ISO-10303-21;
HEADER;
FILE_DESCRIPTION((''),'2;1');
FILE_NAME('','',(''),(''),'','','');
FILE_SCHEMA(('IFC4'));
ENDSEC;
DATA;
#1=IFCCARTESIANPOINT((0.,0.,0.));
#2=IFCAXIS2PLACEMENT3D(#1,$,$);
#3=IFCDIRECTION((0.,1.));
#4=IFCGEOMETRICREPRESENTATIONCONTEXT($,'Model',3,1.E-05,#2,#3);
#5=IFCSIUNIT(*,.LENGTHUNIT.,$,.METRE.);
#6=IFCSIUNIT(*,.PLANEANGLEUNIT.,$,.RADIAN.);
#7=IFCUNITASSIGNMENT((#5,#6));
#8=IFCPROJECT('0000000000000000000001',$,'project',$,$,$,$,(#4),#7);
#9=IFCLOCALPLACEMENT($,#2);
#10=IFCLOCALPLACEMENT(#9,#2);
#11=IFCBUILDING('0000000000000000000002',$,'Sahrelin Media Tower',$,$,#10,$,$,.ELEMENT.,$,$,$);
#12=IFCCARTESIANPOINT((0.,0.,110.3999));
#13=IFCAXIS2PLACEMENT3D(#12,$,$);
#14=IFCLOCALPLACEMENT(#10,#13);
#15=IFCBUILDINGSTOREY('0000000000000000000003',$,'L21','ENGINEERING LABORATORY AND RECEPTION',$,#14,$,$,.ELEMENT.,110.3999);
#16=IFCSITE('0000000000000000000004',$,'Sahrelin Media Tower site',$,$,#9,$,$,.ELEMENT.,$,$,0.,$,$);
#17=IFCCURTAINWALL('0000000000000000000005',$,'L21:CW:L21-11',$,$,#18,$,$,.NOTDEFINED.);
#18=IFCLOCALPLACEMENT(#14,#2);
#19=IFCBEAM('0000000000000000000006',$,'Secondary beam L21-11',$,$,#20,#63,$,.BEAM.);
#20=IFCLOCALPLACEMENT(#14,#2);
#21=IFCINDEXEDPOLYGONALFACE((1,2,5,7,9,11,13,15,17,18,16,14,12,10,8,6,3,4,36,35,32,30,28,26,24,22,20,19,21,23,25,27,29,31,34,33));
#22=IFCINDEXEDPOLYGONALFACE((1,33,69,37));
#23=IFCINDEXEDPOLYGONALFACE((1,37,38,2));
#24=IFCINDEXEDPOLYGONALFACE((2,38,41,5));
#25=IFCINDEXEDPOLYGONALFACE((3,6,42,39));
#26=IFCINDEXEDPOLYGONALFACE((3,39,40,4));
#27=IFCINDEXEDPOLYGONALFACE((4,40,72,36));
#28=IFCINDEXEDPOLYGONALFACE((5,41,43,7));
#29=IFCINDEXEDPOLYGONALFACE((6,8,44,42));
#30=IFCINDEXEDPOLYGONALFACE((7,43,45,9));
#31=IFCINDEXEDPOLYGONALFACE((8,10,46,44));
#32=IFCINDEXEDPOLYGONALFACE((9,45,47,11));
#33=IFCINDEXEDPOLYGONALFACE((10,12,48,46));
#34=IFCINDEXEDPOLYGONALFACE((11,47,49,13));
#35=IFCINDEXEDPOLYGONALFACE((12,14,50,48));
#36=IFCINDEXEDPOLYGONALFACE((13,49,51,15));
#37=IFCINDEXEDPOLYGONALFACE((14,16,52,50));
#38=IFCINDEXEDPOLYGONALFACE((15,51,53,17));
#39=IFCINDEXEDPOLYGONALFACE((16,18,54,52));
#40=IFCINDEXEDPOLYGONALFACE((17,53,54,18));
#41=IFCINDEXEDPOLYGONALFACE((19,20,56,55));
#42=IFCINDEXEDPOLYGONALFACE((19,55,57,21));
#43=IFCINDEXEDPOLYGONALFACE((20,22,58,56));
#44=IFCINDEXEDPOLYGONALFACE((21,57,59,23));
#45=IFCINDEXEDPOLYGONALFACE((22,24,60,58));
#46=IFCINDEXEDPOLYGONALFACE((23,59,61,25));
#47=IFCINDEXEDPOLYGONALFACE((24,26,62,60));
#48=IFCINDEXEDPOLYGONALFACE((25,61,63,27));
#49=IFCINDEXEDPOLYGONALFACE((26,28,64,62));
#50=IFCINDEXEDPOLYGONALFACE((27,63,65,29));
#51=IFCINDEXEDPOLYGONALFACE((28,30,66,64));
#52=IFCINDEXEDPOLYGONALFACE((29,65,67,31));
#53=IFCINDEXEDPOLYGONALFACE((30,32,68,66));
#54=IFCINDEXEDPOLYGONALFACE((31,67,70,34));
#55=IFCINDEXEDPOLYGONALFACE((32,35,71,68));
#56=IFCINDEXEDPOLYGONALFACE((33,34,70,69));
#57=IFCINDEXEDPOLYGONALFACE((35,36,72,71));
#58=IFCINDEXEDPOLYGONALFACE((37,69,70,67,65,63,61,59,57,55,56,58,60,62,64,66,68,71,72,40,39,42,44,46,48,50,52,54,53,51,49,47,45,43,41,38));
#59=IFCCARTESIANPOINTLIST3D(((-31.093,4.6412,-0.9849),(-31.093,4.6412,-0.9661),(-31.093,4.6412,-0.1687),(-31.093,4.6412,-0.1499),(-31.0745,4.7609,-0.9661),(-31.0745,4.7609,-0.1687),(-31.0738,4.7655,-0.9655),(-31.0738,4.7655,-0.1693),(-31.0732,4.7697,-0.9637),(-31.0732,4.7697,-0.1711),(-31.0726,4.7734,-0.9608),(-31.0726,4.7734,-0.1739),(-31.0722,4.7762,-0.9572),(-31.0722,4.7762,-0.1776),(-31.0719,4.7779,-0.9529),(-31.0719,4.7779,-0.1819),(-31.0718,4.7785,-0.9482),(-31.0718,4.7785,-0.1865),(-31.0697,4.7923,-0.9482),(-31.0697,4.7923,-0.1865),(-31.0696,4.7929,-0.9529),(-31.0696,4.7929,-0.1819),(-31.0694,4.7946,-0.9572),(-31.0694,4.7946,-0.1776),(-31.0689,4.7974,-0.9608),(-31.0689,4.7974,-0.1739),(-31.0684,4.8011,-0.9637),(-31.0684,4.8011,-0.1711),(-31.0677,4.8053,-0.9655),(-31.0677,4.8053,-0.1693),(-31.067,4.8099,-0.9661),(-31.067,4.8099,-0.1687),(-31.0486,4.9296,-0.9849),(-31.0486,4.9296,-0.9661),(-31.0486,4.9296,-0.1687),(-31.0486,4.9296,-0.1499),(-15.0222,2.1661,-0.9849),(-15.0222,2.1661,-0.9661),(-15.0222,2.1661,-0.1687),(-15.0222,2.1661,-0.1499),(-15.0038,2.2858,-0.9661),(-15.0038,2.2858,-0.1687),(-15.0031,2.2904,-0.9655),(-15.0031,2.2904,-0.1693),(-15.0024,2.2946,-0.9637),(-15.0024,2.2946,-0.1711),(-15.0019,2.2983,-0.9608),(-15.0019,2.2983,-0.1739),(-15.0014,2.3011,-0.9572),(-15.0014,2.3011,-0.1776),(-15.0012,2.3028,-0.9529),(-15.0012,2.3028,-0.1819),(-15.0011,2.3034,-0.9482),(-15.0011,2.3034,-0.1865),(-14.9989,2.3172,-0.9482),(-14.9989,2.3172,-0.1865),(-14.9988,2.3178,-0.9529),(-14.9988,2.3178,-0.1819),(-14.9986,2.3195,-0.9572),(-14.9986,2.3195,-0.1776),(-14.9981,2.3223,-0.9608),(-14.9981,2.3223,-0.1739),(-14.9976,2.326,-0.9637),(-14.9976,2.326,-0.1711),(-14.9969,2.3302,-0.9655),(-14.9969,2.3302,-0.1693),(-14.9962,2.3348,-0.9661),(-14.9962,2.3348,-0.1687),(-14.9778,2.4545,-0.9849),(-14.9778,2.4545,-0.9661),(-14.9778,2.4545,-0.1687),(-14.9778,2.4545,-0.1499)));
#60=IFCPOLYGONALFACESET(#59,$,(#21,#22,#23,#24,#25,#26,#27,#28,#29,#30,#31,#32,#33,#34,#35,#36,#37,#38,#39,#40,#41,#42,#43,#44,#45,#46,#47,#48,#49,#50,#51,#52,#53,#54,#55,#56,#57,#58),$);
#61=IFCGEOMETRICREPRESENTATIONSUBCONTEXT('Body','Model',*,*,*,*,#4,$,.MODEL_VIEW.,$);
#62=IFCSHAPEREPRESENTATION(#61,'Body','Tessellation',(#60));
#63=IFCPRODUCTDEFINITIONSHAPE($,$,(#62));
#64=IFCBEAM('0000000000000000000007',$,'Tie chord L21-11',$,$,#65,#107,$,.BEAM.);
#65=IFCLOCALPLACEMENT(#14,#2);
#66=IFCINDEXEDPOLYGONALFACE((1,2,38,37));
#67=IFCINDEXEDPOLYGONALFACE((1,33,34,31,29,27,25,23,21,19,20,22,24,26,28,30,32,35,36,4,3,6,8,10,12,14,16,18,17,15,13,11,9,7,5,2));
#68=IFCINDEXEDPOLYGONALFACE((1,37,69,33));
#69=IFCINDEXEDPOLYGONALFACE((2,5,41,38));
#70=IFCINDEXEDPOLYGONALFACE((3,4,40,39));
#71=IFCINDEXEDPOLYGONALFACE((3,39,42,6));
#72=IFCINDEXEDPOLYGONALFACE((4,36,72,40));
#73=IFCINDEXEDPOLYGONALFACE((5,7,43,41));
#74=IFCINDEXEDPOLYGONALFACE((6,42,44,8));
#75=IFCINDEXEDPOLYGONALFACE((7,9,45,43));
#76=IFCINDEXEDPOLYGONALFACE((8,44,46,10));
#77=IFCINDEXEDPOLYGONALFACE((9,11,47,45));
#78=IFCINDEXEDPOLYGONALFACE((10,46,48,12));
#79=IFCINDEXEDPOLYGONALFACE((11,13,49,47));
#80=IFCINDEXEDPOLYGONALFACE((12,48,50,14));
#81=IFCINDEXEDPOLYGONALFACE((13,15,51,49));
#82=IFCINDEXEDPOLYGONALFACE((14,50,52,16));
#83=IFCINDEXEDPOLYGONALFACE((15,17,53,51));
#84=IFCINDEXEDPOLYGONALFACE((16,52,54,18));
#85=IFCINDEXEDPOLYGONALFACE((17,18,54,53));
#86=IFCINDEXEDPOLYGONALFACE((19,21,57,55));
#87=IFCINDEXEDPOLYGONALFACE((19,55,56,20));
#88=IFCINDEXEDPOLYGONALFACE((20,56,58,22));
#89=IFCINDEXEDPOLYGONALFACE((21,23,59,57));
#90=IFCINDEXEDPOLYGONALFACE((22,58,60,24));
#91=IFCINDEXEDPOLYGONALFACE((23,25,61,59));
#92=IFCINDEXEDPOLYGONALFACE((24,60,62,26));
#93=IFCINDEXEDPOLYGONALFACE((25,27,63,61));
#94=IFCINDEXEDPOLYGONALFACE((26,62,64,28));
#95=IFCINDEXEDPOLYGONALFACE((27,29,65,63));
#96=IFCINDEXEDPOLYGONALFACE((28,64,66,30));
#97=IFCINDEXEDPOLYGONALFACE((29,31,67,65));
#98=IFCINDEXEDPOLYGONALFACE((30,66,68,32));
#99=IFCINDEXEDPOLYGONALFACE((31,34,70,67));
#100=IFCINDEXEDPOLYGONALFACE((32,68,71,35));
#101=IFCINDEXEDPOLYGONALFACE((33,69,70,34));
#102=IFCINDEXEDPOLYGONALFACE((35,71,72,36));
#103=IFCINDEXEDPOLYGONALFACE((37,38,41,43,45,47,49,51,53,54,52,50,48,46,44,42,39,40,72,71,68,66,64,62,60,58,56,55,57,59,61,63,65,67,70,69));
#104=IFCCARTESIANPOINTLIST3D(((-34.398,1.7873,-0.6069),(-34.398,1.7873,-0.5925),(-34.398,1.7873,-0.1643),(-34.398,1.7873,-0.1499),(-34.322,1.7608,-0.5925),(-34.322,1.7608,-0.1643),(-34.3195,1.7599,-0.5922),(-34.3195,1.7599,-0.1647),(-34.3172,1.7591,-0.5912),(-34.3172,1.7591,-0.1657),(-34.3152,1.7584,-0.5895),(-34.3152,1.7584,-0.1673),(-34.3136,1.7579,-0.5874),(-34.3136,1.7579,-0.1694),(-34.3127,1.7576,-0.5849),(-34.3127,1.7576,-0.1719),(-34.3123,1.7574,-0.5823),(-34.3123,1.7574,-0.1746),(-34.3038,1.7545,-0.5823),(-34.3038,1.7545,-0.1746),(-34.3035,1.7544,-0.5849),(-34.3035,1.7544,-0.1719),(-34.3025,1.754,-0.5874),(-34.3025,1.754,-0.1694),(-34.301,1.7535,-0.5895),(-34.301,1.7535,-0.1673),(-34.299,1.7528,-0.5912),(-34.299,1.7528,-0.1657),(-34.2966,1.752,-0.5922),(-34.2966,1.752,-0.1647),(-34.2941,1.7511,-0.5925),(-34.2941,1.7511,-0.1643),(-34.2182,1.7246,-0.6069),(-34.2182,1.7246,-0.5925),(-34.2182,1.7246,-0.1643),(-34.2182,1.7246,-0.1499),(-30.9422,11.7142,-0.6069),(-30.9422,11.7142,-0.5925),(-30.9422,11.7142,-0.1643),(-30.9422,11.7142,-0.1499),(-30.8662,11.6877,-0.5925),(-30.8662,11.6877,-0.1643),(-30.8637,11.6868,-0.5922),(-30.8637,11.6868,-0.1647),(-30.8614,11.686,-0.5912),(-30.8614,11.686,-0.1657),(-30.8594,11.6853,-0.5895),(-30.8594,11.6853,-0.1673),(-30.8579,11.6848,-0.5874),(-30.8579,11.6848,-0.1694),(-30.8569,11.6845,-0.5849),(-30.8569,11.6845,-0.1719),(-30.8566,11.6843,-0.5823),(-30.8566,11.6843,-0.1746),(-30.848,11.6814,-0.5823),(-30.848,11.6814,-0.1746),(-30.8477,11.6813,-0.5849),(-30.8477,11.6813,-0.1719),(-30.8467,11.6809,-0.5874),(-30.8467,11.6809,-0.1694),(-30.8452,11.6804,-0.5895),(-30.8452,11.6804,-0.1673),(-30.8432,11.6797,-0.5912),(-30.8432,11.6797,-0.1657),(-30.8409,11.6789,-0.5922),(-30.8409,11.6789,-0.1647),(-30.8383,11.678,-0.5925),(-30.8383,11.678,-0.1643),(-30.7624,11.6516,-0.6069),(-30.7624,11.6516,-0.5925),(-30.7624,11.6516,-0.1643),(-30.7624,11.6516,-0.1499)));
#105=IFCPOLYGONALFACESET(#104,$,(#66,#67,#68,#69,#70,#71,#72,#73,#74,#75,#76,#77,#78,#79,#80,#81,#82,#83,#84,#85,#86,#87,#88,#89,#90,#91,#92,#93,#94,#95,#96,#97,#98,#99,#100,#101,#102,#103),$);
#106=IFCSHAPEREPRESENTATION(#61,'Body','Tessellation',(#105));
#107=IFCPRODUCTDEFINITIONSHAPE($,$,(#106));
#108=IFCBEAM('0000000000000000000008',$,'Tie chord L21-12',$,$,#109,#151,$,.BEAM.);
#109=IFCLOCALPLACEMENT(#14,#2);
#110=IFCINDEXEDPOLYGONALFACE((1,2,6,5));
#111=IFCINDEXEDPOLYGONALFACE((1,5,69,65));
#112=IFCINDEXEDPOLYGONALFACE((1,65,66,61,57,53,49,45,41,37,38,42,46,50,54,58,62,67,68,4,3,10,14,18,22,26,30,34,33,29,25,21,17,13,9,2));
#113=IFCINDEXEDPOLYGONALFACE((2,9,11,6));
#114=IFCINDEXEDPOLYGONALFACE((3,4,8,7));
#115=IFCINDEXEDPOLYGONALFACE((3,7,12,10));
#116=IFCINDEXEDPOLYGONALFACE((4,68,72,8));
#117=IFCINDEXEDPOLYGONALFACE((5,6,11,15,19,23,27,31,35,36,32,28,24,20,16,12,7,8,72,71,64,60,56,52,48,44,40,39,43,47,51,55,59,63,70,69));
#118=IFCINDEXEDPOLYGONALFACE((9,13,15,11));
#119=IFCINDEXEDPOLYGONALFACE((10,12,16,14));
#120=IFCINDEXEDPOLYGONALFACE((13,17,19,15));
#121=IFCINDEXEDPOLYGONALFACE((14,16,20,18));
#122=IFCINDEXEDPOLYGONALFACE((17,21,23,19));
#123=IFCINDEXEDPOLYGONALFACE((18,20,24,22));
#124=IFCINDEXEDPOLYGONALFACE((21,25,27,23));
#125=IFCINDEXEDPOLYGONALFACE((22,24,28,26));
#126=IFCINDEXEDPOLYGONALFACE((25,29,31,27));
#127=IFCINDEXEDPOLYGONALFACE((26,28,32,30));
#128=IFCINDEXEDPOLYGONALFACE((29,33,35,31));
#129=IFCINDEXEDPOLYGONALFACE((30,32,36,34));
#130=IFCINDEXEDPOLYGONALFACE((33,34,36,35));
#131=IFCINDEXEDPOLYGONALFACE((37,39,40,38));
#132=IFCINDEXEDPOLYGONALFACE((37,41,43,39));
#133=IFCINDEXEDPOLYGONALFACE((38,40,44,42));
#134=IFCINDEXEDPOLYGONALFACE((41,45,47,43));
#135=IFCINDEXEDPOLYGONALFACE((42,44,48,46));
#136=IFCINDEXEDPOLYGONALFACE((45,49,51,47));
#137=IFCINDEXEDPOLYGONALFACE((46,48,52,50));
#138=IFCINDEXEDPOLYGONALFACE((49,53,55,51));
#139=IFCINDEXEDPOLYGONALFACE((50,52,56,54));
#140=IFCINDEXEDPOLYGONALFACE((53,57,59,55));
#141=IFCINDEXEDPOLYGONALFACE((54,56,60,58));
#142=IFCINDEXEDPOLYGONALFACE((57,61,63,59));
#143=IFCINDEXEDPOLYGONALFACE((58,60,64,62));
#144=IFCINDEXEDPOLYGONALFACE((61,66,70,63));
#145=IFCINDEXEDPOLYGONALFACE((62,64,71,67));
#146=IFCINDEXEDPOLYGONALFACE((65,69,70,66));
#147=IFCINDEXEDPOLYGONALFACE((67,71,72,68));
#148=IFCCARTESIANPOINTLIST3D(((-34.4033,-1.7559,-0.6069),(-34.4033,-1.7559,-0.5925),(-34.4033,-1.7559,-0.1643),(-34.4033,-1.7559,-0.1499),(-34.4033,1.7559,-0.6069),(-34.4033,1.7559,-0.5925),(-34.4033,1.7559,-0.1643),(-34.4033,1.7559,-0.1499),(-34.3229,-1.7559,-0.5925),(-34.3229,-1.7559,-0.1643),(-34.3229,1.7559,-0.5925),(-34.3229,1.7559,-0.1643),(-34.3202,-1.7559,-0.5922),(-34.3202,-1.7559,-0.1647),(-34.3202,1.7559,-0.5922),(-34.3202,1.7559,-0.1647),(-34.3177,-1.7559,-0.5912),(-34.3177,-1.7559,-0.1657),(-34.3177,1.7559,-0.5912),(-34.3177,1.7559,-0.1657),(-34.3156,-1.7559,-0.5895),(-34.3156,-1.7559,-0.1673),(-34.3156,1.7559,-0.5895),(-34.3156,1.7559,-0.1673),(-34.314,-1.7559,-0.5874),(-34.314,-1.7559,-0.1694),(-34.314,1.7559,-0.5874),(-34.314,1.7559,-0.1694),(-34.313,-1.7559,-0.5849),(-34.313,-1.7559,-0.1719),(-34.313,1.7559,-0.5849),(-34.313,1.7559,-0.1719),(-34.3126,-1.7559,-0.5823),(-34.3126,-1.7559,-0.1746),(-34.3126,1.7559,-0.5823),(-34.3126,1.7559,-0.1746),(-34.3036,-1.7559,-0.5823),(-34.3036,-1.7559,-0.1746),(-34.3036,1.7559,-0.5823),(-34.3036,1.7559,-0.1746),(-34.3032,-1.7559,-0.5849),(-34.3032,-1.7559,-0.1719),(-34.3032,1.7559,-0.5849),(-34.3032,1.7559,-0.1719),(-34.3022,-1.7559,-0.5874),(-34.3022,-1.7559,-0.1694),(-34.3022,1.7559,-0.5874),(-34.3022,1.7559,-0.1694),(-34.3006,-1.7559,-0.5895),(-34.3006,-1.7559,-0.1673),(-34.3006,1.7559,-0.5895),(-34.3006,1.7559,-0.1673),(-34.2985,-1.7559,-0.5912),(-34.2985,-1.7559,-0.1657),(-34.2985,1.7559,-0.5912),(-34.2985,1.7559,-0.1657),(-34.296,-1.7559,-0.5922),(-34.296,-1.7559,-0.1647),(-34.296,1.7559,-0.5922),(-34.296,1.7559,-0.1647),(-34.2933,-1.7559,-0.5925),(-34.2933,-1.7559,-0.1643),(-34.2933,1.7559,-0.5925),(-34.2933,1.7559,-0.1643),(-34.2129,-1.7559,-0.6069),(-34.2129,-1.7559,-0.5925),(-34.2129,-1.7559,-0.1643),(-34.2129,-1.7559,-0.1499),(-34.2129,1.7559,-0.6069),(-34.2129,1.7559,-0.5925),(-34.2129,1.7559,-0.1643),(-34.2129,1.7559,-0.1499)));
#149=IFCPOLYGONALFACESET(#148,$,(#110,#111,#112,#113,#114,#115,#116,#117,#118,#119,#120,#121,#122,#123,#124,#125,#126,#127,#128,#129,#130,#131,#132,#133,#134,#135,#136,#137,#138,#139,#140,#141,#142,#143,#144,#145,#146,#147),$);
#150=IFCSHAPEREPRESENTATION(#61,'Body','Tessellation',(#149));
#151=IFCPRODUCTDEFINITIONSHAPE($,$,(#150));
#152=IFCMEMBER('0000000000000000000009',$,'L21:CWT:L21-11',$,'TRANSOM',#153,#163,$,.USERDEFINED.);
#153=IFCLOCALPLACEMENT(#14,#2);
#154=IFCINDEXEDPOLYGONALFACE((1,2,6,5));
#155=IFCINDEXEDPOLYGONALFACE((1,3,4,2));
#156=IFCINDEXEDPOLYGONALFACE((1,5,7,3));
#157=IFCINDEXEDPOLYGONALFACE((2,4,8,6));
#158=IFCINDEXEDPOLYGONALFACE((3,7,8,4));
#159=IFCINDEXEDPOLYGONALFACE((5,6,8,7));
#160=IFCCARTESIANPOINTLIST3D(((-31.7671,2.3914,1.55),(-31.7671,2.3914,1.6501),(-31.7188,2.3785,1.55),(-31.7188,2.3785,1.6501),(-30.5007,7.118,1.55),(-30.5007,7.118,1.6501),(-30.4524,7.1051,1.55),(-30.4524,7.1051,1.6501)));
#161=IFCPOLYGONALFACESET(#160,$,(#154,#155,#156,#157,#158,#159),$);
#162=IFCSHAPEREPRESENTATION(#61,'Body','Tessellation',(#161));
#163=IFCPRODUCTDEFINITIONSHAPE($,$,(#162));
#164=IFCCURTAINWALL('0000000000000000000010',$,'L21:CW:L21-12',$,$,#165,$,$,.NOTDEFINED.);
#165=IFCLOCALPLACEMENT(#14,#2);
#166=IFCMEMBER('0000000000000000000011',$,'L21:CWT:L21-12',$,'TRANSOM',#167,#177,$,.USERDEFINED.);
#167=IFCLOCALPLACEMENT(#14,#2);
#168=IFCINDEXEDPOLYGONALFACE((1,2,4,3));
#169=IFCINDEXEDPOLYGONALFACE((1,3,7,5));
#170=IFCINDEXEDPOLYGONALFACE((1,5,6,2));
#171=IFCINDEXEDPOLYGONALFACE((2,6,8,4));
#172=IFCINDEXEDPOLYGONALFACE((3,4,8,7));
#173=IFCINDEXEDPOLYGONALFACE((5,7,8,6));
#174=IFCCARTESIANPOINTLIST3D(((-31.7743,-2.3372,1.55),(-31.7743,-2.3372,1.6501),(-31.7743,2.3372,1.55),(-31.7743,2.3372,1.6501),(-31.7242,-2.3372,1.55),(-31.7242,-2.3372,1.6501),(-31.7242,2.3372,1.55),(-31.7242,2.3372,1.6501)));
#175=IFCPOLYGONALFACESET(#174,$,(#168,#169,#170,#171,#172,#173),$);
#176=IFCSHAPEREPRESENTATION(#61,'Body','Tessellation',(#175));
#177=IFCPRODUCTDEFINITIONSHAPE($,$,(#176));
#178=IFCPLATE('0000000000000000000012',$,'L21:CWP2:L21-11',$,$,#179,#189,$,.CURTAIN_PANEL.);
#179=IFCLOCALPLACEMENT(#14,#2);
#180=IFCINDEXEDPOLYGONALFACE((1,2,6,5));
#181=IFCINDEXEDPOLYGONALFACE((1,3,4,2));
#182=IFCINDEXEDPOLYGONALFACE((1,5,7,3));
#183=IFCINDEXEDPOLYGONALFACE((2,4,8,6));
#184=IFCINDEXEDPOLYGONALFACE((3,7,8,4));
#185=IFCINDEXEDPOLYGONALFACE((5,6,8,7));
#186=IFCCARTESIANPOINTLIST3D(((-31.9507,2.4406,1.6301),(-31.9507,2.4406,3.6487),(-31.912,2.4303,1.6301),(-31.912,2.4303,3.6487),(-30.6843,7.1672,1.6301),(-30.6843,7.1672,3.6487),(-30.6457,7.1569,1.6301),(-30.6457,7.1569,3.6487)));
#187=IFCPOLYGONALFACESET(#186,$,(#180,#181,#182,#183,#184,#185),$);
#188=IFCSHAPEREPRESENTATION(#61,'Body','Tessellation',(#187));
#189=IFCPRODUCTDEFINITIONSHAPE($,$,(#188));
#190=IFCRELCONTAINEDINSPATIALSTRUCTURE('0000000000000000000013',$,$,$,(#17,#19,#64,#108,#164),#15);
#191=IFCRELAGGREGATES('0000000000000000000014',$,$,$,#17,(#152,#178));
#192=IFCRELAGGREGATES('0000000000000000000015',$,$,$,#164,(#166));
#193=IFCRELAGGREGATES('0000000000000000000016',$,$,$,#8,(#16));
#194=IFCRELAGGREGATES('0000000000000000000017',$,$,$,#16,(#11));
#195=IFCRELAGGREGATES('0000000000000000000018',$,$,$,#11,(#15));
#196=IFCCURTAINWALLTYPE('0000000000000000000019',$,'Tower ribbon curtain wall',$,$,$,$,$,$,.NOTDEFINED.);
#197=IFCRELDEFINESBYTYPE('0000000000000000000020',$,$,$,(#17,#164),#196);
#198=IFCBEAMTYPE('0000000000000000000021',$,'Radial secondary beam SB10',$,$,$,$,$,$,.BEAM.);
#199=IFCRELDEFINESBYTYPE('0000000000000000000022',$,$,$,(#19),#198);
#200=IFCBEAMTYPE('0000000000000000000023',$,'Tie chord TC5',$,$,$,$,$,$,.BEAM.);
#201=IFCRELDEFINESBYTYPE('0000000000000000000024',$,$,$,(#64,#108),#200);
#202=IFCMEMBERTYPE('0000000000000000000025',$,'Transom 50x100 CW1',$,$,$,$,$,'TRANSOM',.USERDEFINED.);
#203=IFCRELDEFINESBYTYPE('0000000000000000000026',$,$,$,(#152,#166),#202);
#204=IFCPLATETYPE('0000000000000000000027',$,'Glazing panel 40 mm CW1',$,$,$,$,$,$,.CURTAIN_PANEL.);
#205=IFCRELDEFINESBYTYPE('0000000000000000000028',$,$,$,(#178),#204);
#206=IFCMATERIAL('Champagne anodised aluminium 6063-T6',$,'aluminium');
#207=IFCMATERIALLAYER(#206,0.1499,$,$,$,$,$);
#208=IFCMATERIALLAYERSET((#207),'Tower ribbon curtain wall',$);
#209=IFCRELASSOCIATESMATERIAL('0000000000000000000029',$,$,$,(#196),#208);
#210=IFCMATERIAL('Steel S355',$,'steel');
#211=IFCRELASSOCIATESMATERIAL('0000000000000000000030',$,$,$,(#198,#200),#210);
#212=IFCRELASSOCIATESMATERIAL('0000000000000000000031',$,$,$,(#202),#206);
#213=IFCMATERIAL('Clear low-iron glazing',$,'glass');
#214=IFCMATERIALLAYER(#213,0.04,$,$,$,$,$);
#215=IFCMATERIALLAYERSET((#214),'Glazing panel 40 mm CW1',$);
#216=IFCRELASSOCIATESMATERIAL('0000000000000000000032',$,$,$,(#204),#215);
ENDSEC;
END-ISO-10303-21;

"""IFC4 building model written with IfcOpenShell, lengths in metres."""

from ifc_helpers import new_model, si_unit, direction, frame, origin, origin_2d, place, context, subcontext, project, spatial, polyline, rectangle, i_section, outline, extrude, material, layer, layer_set, material_profile, profile_set, type_object, element, aggregate, save


model = new_model("IFC4")

# Units and contexts
model_context = context("Model", 3, precision=1e-05, world=origin(), true_north=direction((0.0, 1.0)))
body_context = subcontext(model_context, "Body", "Model", "MODEL_VIEW")
ifc_project = project(units=[si_unit("LENGTHUNIT", "METRE"), si_unit("PLANEANGLEUNIT", "RADIAN")], contexts=[model_context])

# Site, building, storey
site_placement = place(None, origin())
site = spatial("IfcSite", under=ifc_project, at=site_placement, Name="Sahrelin Media Tower site", CompositionType="ELEMENT", RefElevation=0.0)
building_placement = place(site_placement, origin())
building = spatial("IfcBuilding", under=site, at=building_placement, Name="Sahrelin Media Tower", CompositionType="ELEMENT")
storey_placement = place(building_placement, frame((0.0, 0.0, 110.3999)))
storey = spatial("IfcBuildingStorey", under=building, at=storey_placement, Name="L21", Description="ENGINEERING LABORATORY AND RECEPTION", CompositionType="ELEMENT", Elevation=110.3999)

# Shared definitions
ifc_material_1 = material(Name="Steel S355", Category="steel")

# Curtain wall
ifc_material_2 = material(Name="Champagne anodised aluminium 6063-T6", Category="aluminium")
ifc_layer_1 = layer(ifc_material_2, 0.1499)
ifc_layer_set_1 = layer_set([ifc_layer_1], Name="Tower ribbon curtain wall")
curtain_wall_type = type_object("IfcCurtainWallType", Name="Tower ribbon curtain wall", PredefinedType="NOTDEFINED", material=ifc_layer_set_1)
curtain_wall_1_placement = place(storey_placement, frame((-31.2981, 4.7986, 0.0), z_axis=(0.0, 0.0, 1.0), x_axis=(1.0, 0.0, 0.0)))
curtain_wall_1 = element("IfcCurtainWall", 1, at=curtain_wall_1_placement, inside=storey, type_object=curtain_wall_type, Name="L21:CW:L21-11", PredefinedType="NOTDEFINED")

# Beams
ifc_material_profile_1 = material_profile(ifc_material_1, i_section(OverallWidth=0.2917, OverallDepth=0.835, WebThickness=0.0139, FlangeThickness=0.0188, FilletRadius=0.0178, at=origin_2d()), Name="UB 838x292x176")
ifc_profile_set_1 = profile_set([ifc_material_profile_1], Name="Steel S355")
beam_type_1 = type_object("IfcBeamType", Name="Radial secondary beam SB10", PredefinedType="BEAM", material=ifc_profile_set_1)
beam_1_placement = place(storey_placement, frame((-15.0, 2.3103, -0.5674), z_axis=(-0.988347, 0.152217, 0.0), x_axis=(-0.152217, -0.988347, 0.0)))
element("IfcBeam", 2, at=beam_1_placement, inside=storey, type_object=beam_type_1, Name="Secondary beam L21-11", PredefinedType="BEAM", context=body_context, shape_type="SweptSolid", body=[
    extrude(i_section(OverallWidth=0.2917, OverallDepth=0.835, WebThickness=0.0139, FlangeThickness=0.0188, FilletRadius=0.0178, at=origin_2d()), origin(), (0.0, 0.0, 1.0), 16.2603),
])
ifc_material_profile_2 = material_profile(ifc_material_1, i_section(OverallWidth=0.1904, OverallDepth=0.457, WebThickness=0.009, FlangeThickness=0.0144, FilletRadius=0.0103, at=origin_2d()), Name="UB 457x191x74")
ifc_profile_set_2 = profile_set([ifc_material_profile_2], Name="Steel S355")
beam_type_2 = type_object("IfcBeamType", Name="Tie chord TC5", PredefinedType="BEAM", material=ifc_profile_set_2)
beam_2_placement = place(storey_placement, frame((-30.8523, 11.6829, -0.3784), z_axis=(-0.32877, -0.94441, 0.0), x_axis=(0.94441, -0.32877, 0.0)))
element("IfcBeam", 3, at=beam_2_placement, inside=storey, type_object=beam_type_2, Name="Tie chord L21-11", PredefinedType="BEAM", context=body_context, shape_type="SweptSolid", body=[
    extrude(i_section(OverallWidth=0.1904, OverallDepth=0.457, WebThickness=0.009, FlangeThickness=0.0144, FilletRadius=0.0103, at=origin_2d()), origin(), (0.0, 0.0, 1.0), 10.5112),
])
beam_3_placement = place(storey_placement, frame((-34.3081, 1.7559, -0.3784), z_axis=(0.0, -1.0, 0.0), x_axis=(1.0, 0.0, 0.0)))
element("IfcBeam", 4, at=beam_3_placement, inside=storey, type_object=beam_type_2, Name="Tie chord L21-12", PredefinedType="BEAM", context=body_context, shape_type="SweptSolid", body=[
    extrude(i_section(OverallWidth=0.1904, OverallDepth=0.457, WebThickness=0.009, FlangeThickness=0.0144, FilletRadius=0.0103, at=origin_2d()), origin(), (0.0, 0.0, 1.0), 3.5117),
])

# Member
ifc_material_profile_3 = material_profile(ifc_material_2, rectangle(XDim=0.05, YDim=0.1001, at=origin_2d()), Name="Transom 50x100")
ifc_profile_set_3 = profile_set([ifc_material_profile_3], Name="Champagne anodised aluminium 6063-T6")
member_type_1 = type_object("IfcMemberType", Name="Transom 50x100 CW1", ElementType="TRANSOM", PredefinedType="USERDEFINED", material=ifc_profile_set_3)
member_1_placement = place(storey_placement, frame((-30.4766, 7.1116, 1.6001), z_axis=(-0.258796, -0.965932, 0.0), x_axis=(0.965932, -0.258796, 0.0)))
member_1 = element("IfcMember", 5, at=member_1_placement, type_object=member_type_1, Name="L21:CWT:L21-11", ObjectType="TRANSOM", PredefinedType="USERDEFINED", context=body_context, shape_type="SweptSolid", body=[
    extrude(rectangle(XDim=0.05, YDim=0.1001, at=origin_2d()), origin(), (0.0, 0.0, 1.0), 4.8933),
])

# Curtain wall, member
curtain_wall_2_placement = place(storey_placement, frame((-31.9443, 0.0, 0.0), z_axis=(0.0, 0.0, 1.0), x_axis=(1.0, 0.0, 0.0)))
curtain_wall_2 = element("IfcCurtainWall", 6, at=curtain_wall_2_placement, inside=storey, type_object=curtain_wall_type, Name="L21:CW:L21-12", PredefinedType="NOTDEFINED")
member_2_placement = place(storey_placement, frame((-31.7493, 2.3372, 1.6001), z_axis=(0.0, -1.0, 0.0), x_axis=(1.0, 0.0, 0.0)))
member_2 = element("IfcMember", 7, at=member_2_placement, type_object=member_type_1, Name="L21:CWT:L21-12", ObjectType="TRANSOM", PredefinedType="USERDEFINED", context=body_context, shape_type="SweptSolid", body=[
    extrude(rectangle(XDim=0.05, YDim=0.1001, at=origin_2d()), origin(), (0.0, 0.0, 1.0), 4.6743),
])

# Plate
ifc_material_3 = material(Name="Clear low-iron glazing", Category="glass")
ifc_layer_2 = layer(ifc_material_3, 0.04)
ifc_layer_set_2 = layer_set([ifc_layer_2], Name="Glazing panel 40 mm CW1")
plate_type_1 = type_object("IfcPlateType", Name="Glazing panel 40 mm CW1", PredefinedType="CURTAIN_PANEL", material=ifc_layer_set_2)
plate_1_placement = place(storey_placement, frame((-30.6843, 7.1672, 1.6301), z_axis=(-0.965932, 0.258796, 0.0), x_axis=(-0.258796, -0.965932, 0.0)))
plate_1 = element("IfcPlate", 8, at=plate_1_placement, type_object=plate_type_1, Name="L21:CWP2:L21-11", PredefinedType="CURTAIN_PANEL", context=body_context, shape_type="SweptSolid", body=[
    extrude(outline(polyline([(0.0, 0.0), (4.8933, 0.0), (4.8933, 2.0186), (0.0, 2.0186), (0.0, 0.0)])), origin(), (0.0, 0.0, -1.0), 0.04),
])
aggregate(curtain_wall_1, [member_1, plate_1])
aggregate(curtain_wall_2, [member_2])

save(model, "model.ifc")
